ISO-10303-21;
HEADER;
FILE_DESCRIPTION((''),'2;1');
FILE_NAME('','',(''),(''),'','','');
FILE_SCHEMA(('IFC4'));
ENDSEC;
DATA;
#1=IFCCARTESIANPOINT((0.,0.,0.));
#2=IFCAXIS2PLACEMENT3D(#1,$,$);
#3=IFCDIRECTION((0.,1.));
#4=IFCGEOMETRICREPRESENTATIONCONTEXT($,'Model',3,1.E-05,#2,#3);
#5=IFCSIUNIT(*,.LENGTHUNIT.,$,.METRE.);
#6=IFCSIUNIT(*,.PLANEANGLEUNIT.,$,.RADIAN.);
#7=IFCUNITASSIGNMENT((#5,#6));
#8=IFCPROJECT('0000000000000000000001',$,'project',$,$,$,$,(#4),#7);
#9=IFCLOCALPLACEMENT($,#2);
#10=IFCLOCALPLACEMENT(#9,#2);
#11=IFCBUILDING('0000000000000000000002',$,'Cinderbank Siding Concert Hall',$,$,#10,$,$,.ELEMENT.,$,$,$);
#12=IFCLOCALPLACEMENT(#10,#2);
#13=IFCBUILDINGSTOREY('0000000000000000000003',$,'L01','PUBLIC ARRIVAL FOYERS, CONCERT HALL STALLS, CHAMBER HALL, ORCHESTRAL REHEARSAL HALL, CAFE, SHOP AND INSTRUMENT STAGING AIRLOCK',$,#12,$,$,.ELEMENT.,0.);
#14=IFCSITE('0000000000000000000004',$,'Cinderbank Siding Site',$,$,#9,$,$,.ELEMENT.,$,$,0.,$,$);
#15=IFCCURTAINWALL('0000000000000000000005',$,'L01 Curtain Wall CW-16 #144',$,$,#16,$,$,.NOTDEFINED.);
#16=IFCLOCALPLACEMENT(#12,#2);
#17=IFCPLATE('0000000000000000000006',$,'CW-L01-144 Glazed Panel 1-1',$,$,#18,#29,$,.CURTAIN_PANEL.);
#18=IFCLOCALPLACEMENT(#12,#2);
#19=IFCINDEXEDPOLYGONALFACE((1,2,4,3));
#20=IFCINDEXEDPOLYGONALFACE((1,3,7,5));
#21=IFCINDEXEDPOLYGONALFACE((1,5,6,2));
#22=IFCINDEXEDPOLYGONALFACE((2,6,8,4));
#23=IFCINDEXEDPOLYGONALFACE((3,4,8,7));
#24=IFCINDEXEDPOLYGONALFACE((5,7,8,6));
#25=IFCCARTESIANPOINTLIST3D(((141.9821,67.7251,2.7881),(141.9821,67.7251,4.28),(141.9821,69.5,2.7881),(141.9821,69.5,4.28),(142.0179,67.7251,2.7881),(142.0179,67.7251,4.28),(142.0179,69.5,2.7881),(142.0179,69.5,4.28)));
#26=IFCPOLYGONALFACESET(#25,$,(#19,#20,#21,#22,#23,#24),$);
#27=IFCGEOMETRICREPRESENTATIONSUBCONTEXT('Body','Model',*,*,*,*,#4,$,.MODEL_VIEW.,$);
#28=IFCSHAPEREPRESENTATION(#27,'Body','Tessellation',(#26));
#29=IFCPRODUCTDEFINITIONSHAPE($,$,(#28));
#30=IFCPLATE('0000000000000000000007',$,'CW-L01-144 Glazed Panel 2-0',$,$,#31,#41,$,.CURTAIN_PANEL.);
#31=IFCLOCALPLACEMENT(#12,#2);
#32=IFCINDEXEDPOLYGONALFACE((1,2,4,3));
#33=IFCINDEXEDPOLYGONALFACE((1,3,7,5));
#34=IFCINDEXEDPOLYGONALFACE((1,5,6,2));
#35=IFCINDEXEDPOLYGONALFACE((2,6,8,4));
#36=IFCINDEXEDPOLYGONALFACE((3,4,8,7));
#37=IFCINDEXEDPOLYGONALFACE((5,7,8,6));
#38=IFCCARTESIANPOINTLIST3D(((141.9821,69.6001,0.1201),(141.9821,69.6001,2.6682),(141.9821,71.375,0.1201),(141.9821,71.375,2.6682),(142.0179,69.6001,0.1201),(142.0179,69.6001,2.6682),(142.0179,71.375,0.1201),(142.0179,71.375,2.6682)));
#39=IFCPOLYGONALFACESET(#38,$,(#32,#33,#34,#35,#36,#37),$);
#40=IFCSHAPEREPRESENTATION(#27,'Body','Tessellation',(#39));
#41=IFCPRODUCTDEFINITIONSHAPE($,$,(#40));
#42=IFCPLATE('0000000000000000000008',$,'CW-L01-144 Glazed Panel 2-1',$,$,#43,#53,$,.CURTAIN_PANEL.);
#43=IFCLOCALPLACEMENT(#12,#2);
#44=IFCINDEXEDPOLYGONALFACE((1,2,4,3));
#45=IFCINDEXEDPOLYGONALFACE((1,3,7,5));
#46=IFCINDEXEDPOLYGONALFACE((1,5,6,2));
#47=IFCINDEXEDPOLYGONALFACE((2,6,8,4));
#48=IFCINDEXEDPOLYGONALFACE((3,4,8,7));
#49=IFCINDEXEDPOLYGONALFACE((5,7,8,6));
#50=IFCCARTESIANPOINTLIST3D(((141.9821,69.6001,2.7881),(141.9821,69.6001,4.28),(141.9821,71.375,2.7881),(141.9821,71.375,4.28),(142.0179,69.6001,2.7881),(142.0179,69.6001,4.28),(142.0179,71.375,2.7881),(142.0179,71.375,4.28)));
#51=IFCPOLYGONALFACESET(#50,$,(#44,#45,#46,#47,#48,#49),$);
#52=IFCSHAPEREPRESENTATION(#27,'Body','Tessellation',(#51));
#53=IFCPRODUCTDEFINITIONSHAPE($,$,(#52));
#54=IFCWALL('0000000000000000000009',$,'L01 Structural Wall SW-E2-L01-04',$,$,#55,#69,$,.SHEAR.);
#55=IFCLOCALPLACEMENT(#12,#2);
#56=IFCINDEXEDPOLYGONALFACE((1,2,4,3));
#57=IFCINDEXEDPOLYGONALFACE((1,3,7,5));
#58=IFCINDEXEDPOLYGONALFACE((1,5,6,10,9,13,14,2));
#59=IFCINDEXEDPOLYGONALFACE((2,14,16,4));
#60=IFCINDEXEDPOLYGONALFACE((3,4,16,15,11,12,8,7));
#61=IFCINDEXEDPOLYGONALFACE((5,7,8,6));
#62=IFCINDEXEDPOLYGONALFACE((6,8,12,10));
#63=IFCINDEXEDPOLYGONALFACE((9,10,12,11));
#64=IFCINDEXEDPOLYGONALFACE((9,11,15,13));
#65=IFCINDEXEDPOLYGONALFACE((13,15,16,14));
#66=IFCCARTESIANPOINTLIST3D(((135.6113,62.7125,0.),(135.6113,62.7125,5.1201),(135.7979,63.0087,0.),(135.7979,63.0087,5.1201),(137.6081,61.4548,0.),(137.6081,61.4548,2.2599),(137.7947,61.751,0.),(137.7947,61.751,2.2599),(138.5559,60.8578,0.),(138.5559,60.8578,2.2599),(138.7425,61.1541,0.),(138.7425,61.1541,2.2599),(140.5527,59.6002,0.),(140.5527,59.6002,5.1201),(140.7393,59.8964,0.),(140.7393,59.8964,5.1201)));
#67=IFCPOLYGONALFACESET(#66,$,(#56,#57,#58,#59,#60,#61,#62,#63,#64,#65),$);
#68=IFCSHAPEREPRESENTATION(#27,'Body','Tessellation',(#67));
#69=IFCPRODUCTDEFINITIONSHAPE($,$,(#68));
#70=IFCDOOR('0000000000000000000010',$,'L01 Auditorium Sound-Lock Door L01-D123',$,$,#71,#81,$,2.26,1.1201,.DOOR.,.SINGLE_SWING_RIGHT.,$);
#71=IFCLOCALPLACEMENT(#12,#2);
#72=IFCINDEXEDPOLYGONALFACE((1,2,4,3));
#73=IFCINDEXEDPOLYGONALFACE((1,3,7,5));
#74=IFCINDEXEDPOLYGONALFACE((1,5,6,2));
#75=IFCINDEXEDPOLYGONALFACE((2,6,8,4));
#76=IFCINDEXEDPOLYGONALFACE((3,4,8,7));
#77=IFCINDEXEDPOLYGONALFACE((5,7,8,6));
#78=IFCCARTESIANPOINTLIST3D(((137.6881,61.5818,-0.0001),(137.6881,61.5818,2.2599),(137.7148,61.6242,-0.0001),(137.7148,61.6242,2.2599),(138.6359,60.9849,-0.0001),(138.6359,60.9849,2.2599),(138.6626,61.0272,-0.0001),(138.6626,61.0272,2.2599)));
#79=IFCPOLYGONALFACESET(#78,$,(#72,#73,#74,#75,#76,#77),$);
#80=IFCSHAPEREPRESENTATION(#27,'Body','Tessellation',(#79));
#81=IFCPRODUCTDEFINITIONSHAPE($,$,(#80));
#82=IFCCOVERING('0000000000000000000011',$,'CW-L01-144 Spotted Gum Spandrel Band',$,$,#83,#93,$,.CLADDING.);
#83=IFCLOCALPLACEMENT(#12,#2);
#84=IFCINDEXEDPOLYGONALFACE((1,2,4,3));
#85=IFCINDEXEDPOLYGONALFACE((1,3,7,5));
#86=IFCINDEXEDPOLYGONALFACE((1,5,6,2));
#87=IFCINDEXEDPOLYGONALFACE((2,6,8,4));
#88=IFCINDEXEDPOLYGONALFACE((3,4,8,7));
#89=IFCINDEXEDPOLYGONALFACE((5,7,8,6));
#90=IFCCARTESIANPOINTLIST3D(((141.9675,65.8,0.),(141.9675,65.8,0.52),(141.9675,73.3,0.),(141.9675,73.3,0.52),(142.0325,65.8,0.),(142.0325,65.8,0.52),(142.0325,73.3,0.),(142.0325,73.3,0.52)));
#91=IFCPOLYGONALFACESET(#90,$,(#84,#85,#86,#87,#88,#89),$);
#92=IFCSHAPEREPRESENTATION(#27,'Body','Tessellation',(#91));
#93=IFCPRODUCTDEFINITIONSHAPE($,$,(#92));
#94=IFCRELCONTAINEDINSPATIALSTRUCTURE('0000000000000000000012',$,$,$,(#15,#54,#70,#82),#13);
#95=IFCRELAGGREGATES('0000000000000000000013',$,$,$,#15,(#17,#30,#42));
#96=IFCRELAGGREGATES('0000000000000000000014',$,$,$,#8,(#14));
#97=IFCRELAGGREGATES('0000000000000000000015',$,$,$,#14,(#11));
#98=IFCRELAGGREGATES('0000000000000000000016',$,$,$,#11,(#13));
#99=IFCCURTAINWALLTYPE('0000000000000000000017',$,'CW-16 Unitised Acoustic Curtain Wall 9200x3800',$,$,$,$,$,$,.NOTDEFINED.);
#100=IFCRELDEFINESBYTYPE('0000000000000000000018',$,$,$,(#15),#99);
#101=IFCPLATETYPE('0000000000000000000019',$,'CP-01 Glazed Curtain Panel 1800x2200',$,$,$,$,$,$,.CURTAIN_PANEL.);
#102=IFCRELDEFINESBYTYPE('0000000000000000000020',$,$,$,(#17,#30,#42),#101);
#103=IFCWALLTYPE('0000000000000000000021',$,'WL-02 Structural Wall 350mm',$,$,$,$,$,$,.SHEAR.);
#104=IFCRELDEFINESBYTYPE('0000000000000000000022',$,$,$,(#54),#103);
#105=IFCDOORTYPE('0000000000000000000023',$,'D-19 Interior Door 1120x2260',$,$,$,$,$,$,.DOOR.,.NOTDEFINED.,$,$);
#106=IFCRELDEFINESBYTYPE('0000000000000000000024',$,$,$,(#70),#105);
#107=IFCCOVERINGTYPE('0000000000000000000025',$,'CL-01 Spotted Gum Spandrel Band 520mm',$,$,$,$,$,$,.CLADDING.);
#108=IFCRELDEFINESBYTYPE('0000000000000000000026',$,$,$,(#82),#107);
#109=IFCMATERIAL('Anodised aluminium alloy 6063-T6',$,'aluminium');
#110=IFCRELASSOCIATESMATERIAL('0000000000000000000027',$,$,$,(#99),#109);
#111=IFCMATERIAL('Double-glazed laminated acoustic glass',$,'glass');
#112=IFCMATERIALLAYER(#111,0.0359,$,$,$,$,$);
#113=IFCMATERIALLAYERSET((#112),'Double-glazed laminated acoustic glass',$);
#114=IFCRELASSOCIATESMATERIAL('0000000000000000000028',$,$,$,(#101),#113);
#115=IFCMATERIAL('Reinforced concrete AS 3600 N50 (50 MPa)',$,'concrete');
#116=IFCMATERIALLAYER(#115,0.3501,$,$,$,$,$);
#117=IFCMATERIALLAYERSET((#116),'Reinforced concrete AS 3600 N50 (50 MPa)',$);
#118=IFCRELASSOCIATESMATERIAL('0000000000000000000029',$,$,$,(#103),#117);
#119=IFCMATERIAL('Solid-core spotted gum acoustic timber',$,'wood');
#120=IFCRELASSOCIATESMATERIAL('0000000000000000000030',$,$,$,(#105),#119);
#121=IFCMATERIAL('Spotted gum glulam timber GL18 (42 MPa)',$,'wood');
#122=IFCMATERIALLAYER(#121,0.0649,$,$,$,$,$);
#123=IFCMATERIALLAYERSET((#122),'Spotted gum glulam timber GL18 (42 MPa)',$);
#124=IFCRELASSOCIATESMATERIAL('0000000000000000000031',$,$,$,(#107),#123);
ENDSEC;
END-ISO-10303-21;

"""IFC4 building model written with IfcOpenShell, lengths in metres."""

from ifc_helpers import new_model, si_unit, direction, frame, frame_2d, origin, origin_2d, place, context, subcontext, project, spatial, rectangle, extrude, material, layer, layer_set, type_object, element, fill, aggregate, save


model = new_model("IFC4")

# Units and contexts
model_context = context("Model", 3, precision=1e-05, world=origin(), true_north=direction((0.0, 1.0)))
body_context = subcontext(model_context, "Body", "Model", "MODEL_VIEW")
ifc_project = project(units=[si_unit("LENGTHUNIT", "METRE"), si_unit("PLANEANGLEUNIT", "RADIAN")], contexts=[model_context])

# Site, building, storey
site_placement = place(None, origin())
site = spatial("IfcSite", under=ifc_project, at=site_placement, Name="Cinderbank Siding Site", CompositionType="ELEMENT", RefElevation=0.0)
building_placement = place(site_placement, origin())
building = spatial("IfcBuilding", under=site, at=building_placement, Name="Cinderbank Siding Concert Hall", CompositionType="ELEMENT")
storey_placement = place(building_placement, origin())
storey = spatial("IfcBuildingStorey", under=building, at=storey_placement, Name="L01", Description="PUBLIC ARRIVAL FOYERS, CONCERT HALL STALLS, CHAMBER HALL, ORCHESTRAL REHEARSAL HALL, CAFE, SHOP AND INSTRUMENT STAGING AIRLOCK", CompositionType="ELEMENT", Elevation=0.0)

# Shared definitions
ifc_material_1 = material(Name="Reinforced concrete AS 3600 N50 (50 MPa)", Category="concrete")

# Curtain wall, plates
ifc_material_2 = material(Name="Anodised aluminium alloy 6063-T6", Category="aluminium")
curtain_wall_type = type_object("IfcCurtainWallType", Name="CW-16 Unitised Acoustic Curtain Wall 9200x3800", PredefinedType="NOTDEFINED", material=ifc_material_2)
curtain_wall_placement = place(storey_placement, origin())
curtain_wall = element("IfcCurtainWall", 1, at=curtain_wall_placement, inside=storey, type_object=curtain_wall_type, Name="L01 Curtain Wall CW-16 #144", PredefinedType="NOTDEFINED")
ifc_material_3 = material(Name="Double-glazed laminated acoustic glass", Category="glass")
ifc_layer_1 = layer(ifc_material_3, 0.0359)
ifc_layer_set_1 = layer_set([ifc_layer_1], Name="Double-glazed laminated acoustic glass")
plate_type = type_object("IfcPlateType", Name="CP-01 Glazed Curtain Panel 1800x2200", PredefinedType="CURTAIN_PANEL", material=ifc_layer_set_1)
plate_1_placement = place(storey_placement, frame((142.0, 68.6125, 2.7881), z_axis=(0.0, 0.0, 1.0), x_axis=(0.0, 1.0, 0.0)))
plate_1 = element("IfcPlate", 2, at=plate_1_placement, type_object=plate_type, Name="CW-L01-144 Glazed Panel 1-1", PredefinedType="CURTAIN_PANEL", context=body_context, shape_type="SweptSolid", body=[
    extrude(rectangle(XDim=1.7749, YDim=0.0359, at=origin_2d()), origin(), (0.0, 0.0, 1.0), 1.4919),
])
plate_2_placement = place(storey_placement, frame((142.0, 70.4875, 0.1201), z_axis=(0.0, 0.0, 1.0), x_axis=(0.0, 1.0, 0.0)))
plate_2 = element("IfcPlate", 3, at=plate_2_placement, type_object=plate_type, Name="CW-L01-144 Glazed Panel 2-0", PredefinedType="CURTAIN_PANEL", context=body_context, shape_type="SweptSolid", body=[
    extrude(rectangle(XDim=1.7749, YDim=0.0359, at=origin_2d()), origin(), (0.0, 0.0, 1.0), 2.5481),
])
plate_3_placement = place(storey_placement, frame((142.0, 70.4875, 2.7881), z_axis=(0.0, 0.0, 1.0), x_axis=(0.0, 1.0, 0.0)))
plate_3 = element("IfcPlate", 4, at=plate_3_placement, type_object=plate_type, Name="CW-L01-144 Glazed Panel 2-1", PredefinedType="CURTAIN_PANEL", context=body_context, shape_type="SweptSolid", body=[
    extrude(rectangle(XDim=1.7749, YDim=0.0359, at=origin_2d()), origin(), (0.0, 0.0, 1.0), 1.4919),
])
aggregate(curtain_wall, [plate_1, plate_2, plate_3])

# Wall, opening, door
ifc_layer_2 = layer(ifc_material_1, 0.3501)
ifc_layer_set_2 = layer_set([ifc_layer_2], Name="Reinforced concrete AS 3600 N50 (50 MPa)")
wall_type = type_object("IfcWallType", Name="WL-02 Structural Wall 350mm", PredefinedType="SHEAR", material=ifc_layer_set_2)
wall_placement = place(storey_placement, frame((140.646, 59.7483, 0.0), z_axis=(0.0, 0.0, 1.0), x_axis=(-0.846152, 0.532942, 0.0)))
wall = element("IfcWall", 5, at=wall_placement, inside=storey, type_object=wall_type, Name="L01 Structural Wall SW-E2-L01-04", PredefinedType="SHEAR", context=body_context, shape_type="SweptSolid", body=[
    extrude(rectangle(XDim=5.8398, YDim=0.3501, at=frame_2d((2.9199, 0.0))), origin(), (0.0, 0.0, 1.0), 5.1201),
])
opening_placement = place(wall_placement, frame((2.3599, 0.0, 0.0)))
opening = element("IfcOpeningElement", 6, at=opening_placement, cuts=wall, PredefinedType="OPENING", context=body_context, shape_type="SweptSolid", body=[
    extrude(rectangle(XDim=1.1201, YDim=2.26, at=frame_2d((0.5601, 1.1299))), frame((0.0, 0.187, 0.0), z_axis=(0.0, -1.0, 0.0), x_axis=(1.0, 0.0, 0.0)), (0.0, 0.0, 1.0), 0.374),
])
ifc_material_4 = material(Name="Solid-core spotted gum acoustic timber", Category="wood")
door_type = type_object("IfcDoorType", Name="D-19 Interior Door 1120x2260", OperationType="NOTDEFINED", PredefinedType="DOOR", material=ifc_material_4)
door_placement = place(opening_placement, origin())
door = element("IfcDoor", 7, at=door_placement, inside=storey, type_object=door_type, Name="L01 Auditorium Sound-Lock Door L01-D123", OperationType="SINGLE_SWING_RIGHT", OverallHeight=2.26, OverallWidth=1.1201, PredefinedType="DOOR", context=body_context, shape_type="SweptSolid", body=[
    extrude(rectangle(XDim=1.1201, YDim=2.26, at=frame_2d((0.5601, 1.1299))), frame((0.0, 0.0249, 0.0), z_axis=(0.0, -1.0, 0.0), x_axis=(1.0, 0.0, 0.0)), (0.0, 0.0, 1.0), 0.05),
])
fill(opening, door)

# Covering
ifc_material_5 = material(Name="Spotted gum glulam timber GL18 (42 MPa)", Category="wood")
ifc_layer_3 = layer(ifc_material_5, 0.0649)
ifc_layer_set_3 = layer_set([ifc_layer_3], Name="Spotted gum glulam timber GL18 (42 MPa)")
covering_type = type_object("IfcCoveringType", Name="CL-01 Spotted Gum Spandrel Band 520mm", PredefinedType="CLADDING", material=ifc_layer_set_3)
covering_placement = place(storey_placement, frame((142.0, 69.55, 0.0), z_axis=(0.0, 0.0, 1.0), x_axis=(0.0, 1.0, 0.0)))
element("IfcCovering", 8, at=covering_placement, inside=storey, type_object=covering_type, Name="CW-L01-144 Spotted Gum Spandrel Band", PredefinedType="CLADDING", context=body_context, shape_type="SweptSolid", body=[
    extrude(rectangle(XDim=7.5, YDim=0.0649, at=origin_2d()), origin(), (0.0, 0.0, 1.0), 0.52),
])

save(model, "model.ifc")
